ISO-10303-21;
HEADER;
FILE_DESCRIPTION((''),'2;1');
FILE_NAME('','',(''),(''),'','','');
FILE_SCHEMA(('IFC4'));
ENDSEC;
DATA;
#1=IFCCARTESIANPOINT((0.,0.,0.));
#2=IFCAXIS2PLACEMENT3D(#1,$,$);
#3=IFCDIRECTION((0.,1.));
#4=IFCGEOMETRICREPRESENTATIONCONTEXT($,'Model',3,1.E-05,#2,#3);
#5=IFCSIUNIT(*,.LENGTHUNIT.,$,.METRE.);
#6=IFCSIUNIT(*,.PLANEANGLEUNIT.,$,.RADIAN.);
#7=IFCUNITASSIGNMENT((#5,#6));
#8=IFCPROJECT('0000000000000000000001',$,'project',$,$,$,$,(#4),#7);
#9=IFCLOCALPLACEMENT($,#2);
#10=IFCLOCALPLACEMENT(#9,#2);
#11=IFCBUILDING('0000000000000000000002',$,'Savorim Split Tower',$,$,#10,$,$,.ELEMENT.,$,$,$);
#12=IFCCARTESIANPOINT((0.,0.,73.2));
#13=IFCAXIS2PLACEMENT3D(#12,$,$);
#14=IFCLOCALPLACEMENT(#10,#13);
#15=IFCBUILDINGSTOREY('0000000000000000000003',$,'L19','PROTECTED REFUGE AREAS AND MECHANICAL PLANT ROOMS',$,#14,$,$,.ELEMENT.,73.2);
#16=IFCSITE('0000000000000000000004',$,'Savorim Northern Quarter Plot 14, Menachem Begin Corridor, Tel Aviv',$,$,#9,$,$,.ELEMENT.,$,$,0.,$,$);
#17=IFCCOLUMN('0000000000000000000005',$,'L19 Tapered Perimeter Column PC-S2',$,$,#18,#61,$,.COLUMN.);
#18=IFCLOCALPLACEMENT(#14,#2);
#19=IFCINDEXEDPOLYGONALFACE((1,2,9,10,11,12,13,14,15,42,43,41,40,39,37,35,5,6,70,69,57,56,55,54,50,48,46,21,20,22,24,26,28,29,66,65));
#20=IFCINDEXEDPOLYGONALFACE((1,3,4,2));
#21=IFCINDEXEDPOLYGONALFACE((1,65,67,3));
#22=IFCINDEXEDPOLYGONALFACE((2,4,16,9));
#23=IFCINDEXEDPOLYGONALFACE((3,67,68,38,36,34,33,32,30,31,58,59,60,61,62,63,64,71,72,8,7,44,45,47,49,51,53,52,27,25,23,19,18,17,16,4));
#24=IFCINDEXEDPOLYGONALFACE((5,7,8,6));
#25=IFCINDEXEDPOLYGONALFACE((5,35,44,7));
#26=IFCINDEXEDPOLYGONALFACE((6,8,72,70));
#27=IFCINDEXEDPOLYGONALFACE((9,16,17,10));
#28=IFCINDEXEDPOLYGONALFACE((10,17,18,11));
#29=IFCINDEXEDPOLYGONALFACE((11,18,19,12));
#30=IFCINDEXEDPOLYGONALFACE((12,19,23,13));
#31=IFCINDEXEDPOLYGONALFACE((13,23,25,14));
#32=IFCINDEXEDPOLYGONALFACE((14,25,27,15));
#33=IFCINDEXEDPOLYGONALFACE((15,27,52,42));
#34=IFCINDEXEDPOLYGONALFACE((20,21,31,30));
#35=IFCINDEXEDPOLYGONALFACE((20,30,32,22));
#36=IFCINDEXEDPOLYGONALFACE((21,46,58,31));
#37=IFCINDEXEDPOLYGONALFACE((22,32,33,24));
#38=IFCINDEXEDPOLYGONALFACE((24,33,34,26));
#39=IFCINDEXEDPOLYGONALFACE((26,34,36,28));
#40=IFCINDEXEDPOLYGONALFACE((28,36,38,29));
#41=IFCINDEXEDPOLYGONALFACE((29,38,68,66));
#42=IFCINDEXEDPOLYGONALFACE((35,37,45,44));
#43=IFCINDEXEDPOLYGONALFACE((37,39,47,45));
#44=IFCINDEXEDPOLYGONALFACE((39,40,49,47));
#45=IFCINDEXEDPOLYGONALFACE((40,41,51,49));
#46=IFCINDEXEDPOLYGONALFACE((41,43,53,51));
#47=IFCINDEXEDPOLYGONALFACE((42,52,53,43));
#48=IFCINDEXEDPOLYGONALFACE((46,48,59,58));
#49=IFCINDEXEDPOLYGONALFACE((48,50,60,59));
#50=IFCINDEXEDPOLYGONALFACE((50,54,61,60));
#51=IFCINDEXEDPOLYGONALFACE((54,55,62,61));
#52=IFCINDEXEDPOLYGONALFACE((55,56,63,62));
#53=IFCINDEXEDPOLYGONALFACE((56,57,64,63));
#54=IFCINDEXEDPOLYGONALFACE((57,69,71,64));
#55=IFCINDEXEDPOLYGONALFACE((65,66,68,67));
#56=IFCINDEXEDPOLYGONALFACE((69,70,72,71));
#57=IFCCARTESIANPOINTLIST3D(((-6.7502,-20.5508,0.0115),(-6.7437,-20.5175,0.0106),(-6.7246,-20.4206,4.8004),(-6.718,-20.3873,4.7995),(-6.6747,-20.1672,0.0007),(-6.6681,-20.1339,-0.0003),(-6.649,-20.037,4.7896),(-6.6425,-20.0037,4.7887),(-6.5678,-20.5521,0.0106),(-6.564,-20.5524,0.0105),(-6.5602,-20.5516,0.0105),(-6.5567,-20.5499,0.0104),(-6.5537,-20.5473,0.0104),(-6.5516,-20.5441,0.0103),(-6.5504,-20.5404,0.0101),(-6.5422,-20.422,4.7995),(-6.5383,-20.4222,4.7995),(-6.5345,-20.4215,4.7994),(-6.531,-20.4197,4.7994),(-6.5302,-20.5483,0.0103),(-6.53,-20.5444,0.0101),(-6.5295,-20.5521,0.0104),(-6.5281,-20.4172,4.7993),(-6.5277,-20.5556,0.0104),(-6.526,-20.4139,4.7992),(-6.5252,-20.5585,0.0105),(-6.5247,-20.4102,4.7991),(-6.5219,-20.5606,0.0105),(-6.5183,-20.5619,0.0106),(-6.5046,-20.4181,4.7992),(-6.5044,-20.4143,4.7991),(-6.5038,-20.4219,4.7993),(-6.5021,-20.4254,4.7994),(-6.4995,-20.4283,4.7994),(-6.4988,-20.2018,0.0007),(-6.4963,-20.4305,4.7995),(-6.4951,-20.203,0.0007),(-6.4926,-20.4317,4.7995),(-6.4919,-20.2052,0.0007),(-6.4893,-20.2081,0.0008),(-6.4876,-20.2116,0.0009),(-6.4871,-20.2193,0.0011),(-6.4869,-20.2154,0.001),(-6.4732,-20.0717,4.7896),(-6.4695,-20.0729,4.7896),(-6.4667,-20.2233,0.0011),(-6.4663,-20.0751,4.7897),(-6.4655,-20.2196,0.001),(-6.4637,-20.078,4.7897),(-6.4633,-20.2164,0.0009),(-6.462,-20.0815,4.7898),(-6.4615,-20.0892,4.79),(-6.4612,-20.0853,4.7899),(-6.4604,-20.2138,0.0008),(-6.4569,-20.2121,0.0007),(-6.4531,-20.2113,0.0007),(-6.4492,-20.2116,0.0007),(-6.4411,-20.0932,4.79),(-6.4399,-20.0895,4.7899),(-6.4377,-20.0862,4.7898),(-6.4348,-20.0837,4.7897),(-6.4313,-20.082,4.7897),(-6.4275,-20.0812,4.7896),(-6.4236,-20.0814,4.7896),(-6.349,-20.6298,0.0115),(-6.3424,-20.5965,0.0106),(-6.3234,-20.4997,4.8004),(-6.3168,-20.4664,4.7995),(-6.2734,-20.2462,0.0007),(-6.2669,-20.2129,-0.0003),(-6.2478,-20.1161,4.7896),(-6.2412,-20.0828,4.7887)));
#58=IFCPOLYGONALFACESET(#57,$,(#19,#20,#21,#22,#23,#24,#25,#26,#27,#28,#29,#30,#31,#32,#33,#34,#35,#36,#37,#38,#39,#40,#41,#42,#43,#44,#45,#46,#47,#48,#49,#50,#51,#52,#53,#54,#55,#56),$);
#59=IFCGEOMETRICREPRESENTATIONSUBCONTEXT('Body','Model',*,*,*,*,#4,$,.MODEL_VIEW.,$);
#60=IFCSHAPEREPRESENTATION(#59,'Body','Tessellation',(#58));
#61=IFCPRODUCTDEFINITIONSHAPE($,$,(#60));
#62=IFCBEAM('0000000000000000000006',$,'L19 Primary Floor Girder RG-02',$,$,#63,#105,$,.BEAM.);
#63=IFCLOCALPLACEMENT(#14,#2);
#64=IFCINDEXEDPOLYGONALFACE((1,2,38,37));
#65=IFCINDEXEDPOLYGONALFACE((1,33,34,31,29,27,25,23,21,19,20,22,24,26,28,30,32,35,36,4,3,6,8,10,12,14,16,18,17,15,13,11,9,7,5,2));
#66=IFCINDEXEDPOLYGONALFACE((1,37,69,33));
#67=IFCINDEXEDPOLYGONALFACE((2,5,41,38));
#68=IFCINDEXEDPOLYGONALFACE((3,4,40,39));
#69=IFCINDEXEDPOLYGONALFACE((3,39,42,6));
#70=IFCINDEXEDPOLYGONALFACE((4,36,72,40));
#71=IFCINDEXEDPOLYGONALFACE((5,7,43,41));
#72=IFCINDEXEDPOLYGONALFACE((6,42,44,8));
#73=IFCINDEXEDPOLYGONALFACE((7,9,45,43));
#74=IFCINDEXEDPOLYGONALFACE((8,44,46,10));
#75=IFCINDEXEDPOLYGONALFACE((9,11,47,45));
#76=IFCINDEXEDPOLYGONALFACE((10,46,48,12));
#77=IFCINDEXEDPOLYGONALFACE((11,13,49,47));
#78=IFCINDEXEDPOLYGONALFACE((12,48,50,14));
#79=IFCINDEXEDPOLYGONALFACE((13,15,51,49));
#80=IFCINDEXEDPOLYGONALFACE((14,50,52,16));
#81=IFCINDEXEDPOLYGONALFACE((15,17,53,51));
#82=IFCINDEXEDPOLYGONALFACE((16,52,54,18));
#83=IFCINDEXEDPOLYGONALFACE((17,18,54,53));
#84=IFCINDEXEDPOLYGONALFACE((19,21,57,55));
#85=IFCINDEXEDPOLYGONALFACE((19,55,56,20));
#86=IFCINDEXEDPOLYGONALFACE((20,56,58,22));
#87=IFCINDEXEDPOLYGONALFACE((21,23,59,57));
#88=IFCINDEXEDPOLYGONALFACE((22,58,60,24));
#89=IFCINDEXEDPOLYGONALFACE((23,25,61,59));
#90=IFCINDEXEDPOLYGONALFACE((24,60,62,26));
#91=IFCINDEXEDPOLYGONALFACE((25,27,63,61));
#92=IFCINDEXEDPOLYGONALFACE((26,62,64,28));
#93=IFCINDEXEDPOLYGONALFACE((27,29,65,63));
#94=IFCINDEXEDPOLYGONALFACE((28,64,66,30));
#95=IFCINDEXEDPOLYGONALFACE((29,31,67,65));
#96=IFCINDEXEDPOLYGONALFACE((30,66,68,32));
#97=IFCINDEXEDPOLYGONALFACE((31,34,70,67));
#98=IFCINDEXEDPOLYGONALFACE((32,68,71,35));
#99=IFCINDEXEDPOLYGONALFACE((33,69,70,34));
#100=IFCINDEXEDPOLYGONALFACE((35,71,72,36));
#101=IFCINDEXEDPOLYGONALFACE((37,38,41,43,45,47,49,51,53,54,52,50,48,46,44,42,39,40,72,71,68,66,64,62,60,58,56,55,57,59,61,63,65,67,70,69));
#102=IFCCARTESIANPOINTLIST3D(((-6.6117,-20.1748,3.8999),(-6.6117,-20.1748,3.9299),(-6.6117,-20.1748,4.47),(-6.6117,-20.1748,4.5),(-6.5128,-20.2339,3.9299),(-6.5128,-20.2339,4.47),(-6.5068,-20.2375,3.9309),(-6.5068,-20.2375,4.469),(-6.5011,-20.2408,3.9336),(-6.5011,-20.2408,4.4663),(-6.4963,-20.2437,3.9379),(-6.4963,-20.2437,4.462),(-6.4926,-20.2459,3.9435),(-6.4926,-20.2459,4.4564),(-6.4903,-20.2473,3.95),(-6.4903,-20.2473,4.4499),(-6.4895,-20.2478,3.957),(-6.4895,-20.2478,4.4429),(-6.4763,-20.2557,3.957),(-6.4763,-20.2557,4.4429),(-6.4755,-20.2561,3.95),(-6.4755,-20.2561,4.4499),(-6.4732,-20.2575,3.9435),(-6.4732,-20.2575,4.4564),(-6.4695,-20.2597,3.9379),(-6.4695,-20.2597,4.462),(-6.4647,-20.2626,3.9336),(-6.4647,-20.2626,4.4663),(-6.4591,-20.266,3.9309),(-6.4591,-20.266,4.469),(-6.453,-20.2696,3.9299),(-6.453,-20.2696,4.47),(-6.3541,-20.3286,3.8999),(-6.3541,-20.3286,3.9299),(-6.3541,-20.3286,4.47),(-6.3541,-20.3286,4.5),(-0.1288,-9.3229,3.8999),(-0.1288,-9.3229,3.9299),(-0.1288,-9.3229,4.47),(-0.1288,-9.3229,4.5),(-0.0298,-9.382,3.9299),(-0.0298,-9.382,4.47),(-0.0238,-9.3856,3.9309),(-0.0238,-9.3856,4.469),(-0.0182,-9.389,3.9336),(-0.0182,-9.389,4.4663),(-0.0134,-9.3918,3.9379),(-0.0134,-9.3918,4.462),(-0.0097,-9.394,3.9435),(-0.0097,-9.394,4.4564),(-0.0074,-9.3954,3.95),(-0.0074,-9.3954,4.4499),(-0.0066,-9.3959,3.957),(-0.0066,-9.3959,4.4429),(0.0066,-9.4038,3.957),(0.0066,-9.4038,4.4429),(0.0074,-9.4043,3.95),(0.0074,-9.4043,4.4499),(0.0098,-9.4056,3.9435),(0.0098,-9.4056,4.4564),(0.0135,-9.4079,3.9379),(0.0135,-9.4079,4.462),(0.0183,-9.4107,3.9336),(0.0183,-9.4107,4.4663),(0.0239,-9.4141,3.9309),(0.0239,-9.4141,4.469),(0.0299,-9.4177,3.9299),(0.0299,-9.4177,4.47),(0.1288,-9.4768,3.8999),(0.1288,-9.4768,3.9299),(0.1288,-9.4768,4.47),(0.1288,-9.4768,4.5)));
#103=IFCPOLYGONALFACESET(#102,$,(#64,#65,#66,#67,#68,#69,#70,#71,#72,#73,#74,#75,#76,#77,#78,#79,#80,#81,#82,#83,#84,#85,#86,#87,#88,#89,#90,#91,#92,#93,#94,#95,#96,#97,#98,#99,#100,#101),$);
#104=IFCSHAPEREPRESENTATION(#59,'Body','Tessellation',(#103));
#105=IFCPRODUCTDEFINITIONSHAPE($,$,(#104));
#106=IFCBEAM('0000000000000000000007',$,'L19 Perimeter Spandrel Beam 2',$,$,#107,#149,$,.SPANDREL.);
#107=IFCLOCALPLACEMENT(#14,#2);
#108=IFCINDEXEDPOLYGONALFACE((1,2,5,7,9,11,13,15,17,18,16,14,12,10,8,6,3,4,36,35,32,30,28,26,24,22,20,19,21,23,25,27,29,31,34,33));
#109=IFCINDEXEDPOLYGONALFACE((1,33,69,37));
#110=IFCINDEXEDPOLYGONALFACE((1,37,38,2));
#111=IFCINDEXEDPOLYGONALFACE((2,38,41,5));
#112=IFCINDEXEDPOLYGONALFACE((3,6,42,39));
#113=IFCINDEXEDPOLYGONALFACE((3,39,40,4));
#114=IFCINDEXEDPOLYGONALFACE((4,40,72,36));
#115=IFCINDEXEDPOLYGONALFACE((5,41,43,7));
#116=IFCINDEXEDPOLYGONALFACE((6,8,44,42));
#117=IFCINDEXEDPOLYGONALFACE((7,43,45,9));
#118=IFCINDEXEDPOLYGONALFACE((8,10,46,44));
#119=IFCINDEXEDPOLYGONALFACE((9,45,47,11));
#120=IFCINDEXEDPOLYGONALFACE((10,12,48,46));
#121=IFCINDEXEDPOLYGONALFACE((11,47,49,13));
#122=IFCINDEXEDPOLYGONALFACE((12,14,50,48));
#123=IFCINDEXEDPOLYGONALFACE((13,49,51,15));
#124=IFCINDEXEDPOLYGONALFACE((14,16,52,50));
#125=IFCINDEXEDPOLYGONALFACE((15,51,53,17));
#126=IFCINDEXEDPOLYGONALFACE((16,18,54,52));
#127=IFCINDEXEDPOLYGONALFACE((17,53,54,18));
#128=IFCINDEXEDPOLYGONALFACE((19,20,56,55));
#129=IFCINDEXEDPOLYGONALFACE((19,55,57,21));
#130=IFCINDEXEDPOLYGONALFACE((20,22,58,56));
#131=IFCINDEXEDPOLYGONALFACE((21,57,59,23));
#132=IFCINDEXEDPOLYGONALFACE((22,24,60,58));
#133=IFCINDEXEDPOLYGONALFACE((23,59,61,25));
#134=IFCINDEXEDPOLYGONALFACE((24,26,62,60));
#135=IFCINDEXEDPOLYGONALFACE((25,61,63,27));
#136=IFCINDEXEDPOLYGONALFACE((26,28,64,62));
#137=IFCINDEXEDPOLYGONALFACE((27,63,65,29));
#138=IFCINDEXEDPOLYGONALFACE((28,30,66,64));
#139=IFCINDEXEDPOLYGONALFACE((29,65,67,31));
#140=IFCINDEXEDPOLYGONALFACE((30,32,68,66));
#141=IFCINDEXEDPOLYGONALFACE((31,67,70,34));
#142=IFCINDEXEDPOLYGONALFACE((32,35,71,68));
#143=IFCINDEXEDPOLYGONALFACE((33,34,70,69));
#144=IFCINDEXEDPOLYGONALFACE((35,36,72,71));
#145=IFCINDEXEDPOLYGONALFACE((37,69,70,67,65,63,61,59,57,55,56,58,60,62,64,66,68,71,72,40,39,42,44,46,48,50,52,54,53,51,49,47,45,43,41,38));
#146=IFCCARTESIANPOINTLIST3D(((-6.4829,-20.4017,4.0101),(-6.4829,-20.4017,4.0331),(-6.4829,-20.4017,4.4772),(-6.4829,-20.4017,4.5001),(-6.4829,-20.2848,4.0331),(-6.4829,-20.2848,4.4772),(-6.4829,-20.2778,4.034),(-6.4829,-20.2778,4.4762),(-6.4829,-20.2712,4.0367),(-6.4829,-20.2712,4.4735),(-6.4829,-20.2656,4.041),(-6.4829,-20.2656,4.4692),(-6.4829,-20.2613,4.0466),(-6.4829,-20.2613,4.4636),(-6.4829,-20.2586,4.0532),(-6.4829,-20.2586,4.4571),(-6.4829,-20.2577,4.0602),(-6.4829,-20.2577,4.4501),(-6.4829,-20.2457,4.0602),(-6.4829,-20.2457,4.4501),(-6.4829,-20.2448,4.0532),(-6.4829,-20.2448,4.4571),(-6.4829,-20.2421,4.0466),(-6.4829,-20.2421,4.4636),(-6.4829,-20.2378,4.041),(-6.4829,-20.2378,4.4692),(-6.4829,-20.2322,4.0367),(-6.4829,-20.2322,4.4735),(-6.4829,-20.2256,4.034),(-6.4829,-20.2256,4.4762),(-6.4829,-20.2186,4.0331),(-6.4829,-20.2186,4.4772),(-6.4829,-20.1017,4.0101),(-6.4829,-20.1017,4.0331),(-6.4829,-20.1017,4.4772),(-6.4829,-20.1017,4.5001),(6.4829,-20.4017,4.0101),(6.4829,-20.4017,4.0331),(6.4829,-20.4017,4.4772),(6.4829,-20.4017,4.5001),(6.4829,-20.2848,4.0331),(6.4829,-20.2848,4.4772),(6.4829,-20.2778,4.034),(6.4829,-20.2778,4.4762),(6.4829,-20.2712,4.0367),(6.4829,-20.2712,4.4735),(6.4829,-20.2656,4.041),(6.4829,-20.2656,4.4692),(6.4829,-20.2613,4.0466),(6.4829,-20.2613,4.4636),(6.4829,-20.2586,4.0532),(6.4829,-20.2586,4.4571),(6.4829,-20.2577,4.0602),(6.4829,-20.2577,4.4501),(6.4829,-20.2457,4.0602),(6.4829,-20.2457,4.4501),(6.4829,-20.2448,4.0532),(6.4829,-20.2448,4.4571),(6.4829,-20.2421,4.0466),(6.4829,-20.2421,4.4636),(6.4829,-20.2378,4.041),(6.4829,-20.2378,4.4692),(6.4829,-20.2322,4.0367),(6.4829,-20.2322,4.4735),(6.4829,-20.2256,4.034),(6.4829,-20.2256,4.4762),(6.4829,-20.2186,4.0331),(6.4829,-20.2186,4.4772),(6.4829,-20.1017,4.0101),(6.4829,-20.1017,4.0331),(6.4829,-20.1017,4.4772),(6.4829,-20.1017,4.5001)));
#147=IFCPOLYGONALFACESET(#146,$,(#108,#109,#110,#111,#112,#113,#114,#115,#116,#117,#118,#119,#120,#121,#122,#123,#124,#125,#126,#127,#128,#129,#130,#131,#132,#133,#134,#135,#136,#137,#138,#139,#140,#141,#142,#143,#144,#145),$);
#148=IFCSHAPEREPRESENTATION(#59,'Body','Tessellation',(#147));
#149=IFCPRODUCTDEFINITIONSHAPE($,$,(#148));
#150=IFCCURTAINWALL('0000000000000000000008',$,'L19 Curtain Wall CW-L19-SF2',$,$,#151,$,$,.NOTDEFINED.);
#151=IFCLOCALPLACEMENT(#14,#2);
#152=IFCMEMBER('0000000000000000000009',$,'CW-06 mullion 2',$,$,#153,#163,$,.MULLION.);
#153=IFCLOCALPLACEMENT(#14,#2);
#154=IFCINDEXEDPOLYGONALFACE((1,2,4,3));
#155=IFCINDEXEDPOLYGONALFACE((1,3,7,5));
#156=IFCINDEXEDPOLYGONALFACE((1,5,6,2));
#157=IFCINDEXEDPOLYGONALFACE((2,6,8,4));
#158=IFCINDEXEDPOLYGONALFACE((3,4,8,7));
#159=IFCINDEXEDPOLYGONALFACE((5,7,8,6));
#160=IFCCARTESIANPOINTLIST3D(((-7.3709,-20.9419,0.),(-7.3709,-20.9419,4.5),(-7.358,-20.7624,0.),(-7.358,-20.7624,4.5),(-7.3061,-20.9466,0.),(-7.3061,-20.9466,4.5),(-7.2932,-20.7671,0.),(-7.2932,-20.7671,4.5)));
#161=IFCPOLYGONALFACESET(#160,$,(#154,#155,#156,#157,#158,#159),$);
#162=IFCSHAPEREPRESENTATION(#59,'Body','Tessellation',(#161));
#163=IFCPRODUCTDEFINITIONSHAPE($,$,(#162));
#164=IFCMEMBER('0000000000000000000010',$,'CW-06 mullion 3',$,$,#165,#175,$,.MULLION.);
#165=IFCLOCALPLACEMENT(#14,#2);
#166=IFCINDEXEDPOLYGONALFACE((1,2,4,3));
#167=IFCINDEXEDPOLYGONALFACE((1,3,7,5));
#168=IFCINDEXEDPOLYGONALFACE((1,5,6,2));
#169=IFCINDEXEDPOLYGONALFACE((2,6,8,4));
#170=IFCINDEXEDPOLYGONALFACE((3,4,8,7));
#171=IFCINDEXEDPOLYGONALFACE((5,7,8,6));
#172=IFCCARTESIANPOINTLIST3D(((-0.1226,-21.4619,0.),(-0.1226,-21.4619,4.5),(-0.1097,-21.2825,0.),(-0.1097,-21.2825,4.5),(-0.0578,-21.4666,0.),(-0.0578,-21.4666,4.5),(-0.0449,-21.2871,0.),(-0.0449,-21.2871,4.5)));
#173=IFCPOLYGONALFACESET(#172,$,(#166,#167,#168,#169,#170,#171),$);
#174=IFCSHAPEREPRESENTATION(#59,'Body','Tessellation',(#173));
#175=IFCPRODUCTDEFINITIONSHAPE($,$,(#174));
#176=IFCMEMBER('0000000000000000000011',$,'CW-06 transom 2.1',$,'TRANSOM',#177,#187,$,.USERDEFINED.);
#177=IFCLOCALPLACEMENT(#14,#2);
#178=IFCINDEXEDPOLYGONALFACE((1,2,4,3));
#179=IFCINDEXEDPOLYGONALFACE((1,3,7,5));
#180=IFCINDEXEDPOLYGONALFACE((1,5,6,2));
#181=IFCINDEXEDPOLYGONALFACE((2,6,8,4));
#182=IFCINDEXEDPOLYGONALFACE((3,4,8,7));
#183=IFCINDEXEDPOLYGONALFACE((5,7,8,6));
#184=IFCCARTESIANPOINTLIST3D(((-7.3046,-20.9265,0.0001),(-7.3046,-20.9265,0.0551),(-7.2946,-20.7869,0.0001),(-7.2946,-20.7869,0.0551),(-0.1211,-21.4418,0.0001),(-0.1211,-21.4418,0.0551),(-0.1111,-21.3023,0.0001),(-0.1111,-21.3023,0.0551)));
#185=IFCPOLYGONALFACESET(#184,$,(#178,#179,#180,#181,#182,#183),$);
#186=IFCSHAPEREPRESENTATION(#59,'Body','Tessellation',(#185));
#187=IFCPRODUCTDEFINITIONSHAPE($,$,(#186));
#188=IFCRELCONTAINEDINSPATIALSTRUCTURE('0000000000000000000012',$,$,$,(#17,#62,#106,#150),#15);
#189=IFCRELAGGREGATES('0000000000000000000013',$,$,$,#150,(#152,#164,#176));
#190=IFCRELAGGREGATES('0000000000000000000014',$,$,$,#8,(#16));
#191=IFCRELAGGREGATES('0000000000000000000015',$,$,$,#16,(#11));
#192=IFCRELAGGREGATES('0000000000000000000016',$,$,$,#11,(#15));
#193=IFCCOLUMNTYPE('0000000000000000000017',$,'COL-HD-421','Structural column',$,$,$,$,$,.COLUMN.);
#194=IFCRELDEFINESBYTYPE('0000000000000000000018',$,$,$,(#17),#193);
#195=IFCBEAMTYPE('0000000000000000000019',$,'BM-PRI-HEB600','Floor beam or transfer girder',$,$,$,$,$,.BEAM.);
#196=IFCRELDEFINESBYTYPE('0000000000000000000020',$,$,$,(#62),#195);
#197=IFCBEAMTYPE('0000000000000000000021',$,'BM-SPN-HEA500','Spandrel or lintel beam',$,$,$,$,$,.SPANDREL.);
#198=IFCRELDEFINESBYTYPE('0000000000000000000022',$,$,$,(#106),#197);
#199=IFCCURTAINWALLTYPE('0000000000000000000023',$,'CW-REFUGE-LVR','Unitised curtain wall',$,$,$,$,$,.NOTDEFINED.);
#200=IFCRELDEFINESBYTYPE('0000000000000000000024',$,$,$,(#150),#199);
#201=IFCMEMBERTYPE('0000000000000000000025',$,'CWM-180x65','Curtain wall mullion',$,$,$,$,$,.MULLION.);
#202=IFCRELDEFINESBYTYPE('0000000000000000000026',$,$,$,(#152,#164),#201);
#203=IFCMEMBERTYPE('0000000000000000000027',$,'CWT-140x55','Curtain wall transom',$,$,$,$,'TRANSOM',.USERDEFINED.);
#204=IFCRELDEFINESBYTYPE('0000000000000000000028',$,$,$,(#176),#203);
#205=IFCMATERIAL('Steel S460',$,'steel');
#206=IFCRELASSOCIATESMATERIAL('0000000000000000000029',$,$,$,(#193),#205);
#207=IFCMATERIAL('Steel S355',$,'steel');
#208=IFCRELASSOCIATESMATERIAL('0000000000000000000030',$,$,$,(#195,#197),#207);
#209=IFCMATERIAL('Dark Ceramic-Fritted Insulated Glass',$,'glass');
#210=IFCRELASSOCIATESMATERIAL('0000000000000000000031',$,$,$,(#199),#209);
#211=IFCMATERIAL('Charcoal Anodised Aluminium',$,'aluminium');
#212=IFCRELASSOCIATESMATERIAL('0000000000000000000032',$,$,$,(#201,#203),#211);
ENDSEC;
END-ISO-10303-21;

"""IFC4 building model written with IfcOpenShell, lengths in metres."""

from ifc_helpers import new_model, si_unit, direction, frame, origin, origin_2d, place, context, subcontext, project, spatial, rectangle, i_section, extrude, material, material_profile, profile_set, type_object, element, aggregate, save


model = new_model("IFC4")

# Units and contexts
model_context = context("Model", 3, precision=1e-05, world=origin(), true_north=direction((0.0, 1.0)))
body_context = subcontext(model_context, "Body", "Model", "MODEL_VIEW")
ifc_project = project(units=[si_unit("LENGTHUNIT", "METRE"), si_unit("PLANEANGLEUNIT", "RADIAN")], contexts=[model_context])

# Site, building, storey
site_placement = place(None, origin())
site = spatial("IfcSite", under=ifc_project, at=site_placement, Name="Savorim Northern Quarter Plot 14, Menachem Begin Corridor, Tel Aviv", CompositionType="ELEMENT", RefElevation=0.0)
building_placement = place(site_placement, origin())
building = spatial("IfcBuilding", under=site, at=building_placement, Name="Savorim Split Tower", CompositionType="ELEMENT")
storey_placement = place(building_placement, frame((0.0, 0.0, 73.2)))
storey = spatial("IfcBuildingStorey", under=building, at=storey_placement, Name="L19", Description="PROTECTED REFUGE AREAS AND MECHANICAL PLANT ROOMS", CompositionType="ELEMENT", Elevation=73.2)

# Column
ifc_material_1 = material(Name="Steel S460", Category="steel")
ifc_material_profile_1 = material_profile(ifc_material_1, i_section(OverallWidth=0.4089, OverallDepth=0.425, WebThickness=0.0208, FlangeThickness=0.0339, FilletRadius=0.0149, at=origin_2d()), Name="HD 400x421")
ifc_profile_set_1 = profile_set([ifc_material_profile_1], Name="Steel S460")
column_type = type_object("IfcColumnType", Name="COL-HD-421", Description="Structural column", PredefinedType="COLUMN", material=ifc_profile_set_1)
column_placement = place(storey_placement, frame((-6.5085, -20.3818, 0.0056), z_axis=(0.005351, 0.027163, 0.999617), x_axis=(-0.981143, 0.193283, 0.0)))
element("IfcColumn", 1, at=column_placement, inside=storey, type_object=column_type, Name="L19 Tapered Perimeter Column PC-S2", PredefinedType="COLUMN", context=body_context, shape_type="SweptSolid", body=[
    extrude(i_section(OverallWidth=0.4089, OverallDepth=0.425, WebThickness=0.0208, FlangeThickness=0.0339, FilletRadius=0.0149, at=origin_2d()), origin(), (0.0, 0.0, 1.0), 4.7908),
])

# Beams
ifc_material_2 = material(Name="Steel S355", Category="steel")
ifc_material_profile_2 = material_profile(ifc_material_2, i_section(OverallWidth=0.3, OverallDepth=0.6001, WebThickness=0.0154, FlangeThickness=0.03, FilletRadius=0.0271, at=origin_2d()), Name="HEB 600")
ifc_profile_set_2 = profile_set([ifc_material_profile_2], Name="Steel S355")
beam_type_1 = type_object("IfcBeamType", Name="BM-PRI-HEB600", Description="Floor beam or transfer girder", PredefinedType="BEAM", material=ifc_profile_set_2)
beam_1_placement = place(storey_placement, frame((-6.4829, -20.2517, 4.2), z_axis=(0.512856, 0.858475, 0.0), x_axis=(-0.858475, 0.512856, 0.0)))
element("IfcBeam", 2, at=beam_1_placement, inside=storey, type_object=beam_type_1, Name="L19 Primary Floor Girder RG-02", PredefinedType="BEAM", context=body_context, shape_type="SweptSolid", body=[
    extrude(i_section(OverallWidth=0.3, OverallDepth=0.6001, WebThickness=0.0154, FlangeThickness=0.03, FilletRadius=0.0271, at=origin_2d()), origin(), (0.0, 0.0, 1.0), 12.6409),
])
ifc_material_profile_3 = material_profile(ifc_material_2, i_section(OverallWidth=0.3, OverallDepth=0.49, WebThickness=0.012, FlangeThickness=0.0229, FilletRadius=0.0271, at=origin_2d()), Name="HEA 500")
ifc_profile_set_3 = profile_set([ifc_material_profile_3], Name="Steel S355")
beam_type_2 = type_object("IfcBeamType", Name="BM-SPN-HEA500", Description="Spandrel or lintel beam", PredefinedType="SPANDREL", material=ifc_profile_set_3)
beam_2_placement = place(storey_placement, frame((-6.4829, -20.2517, 4.2551), z_axis=(1.0, 0.0, 0.0), x_axis=(0.0, 1.0, 0.0)))
element("IfcBeam", 3, at=beam_2_placement, inside=storey, type_object=beam_type_2, Name="L19 Perimeter Spandrel Beam 2", PredefinedType="SPANDREL", context=body_context, shape_type="SweptSolid", body=[
    extrude(i_section(OverallWidth=0.3, OverallDepth=0.49, WebThickness=0.012, FlangeThickness=0.0229, FilletRadius=0.0271, at=origin_2d()), origin(), (0.0, 0.0, 1.0), 12.9658),
])

# Curtain wall, members
ifc_material_3 = material(Name="Dark Ceramic-Fritted Insulated Glass", Category="glass")
curtain_wall_type = type_object("IfcCurtainWallType", Name="CW-REFUGE-LVR", Description="Unitised curtain wall", PredefinedType="NOTDEFINED", material=ifc_material_3)
curtain_wall_placement = place(storey_placement, origin())
curtain_wall = element("IfcCurtainWall", 4, at=curtain_wall_placement, inside=storey, type_object=curtain_wall_type, Name="L19 Curtain Wall CW-L19-SF2", PredefinedType="NOTDEFINED")
ifc_material_4 = material(Name="Charcoal Anodised Aluminium", Category="aluminium")
ifc_material_profile_4 = material_profile(ifc_material_4, rectangle(XDim=0.1799, YDim=0.0649, at=origin_2d()), Name="ALU-M 180x65")
ifc_profile_set_4 = profile_set([ifc_material_profile_4], Name="Charcoal Anodised Aluminium")
member_type_1 = type_object("IfcMemberType", Name="CWM-180x65", Description="Curtain wall mullion", PredefinedType="MULLION", material=ifc_profile_set_4)
member_1_placement = place(storey_placement, frame((-7.332, -20.8545, 0.0), z_axis=(0.0, 0.0, 1.0), x_axis=(0.071561, 0.997436, 0.0)))
member_1 = element("IfcMember", 5, at=member_1_placement, type_object=member_type_1, Name="CW-06 mullion 2", PredefinedType="MULLION", context=body_context, shape_type="SweptSolid", body=[
    extrude(rectangle(XDim=0.1799, YDim=0.0649, at=origin_2d()), origin(), (0.0, 0.0, 1.0), 4.5),
])
member_2_placement = place(storey_placement, frame((-0.0837, -21.3745, 0.0), z_axis=(0.0, 0.0, 1.0), x_axis=(0.071561, 0.997436, 0.0)))
member_2 = element("IfcMember", 6, at=member_2_placement, type_object=member_type_1, Name="CW-06 mullion 3", PredefinedType="MULLION", context=body_context, shape_type="SweptSolid", body=[
    extrude(rectangle(XDim=0.1799, YDim=0.0649, at=origin_2d()), origin(), (0.0, 0.0, 1.0), 4.5),
])
ifc_material_profile_5 = material_profile(ifc_material_4, rectangle(XDim=0.1399, YDim=0.0549, at=origin_2d()), Name="ALU-T 140x55")
ifc_profile_set_5 = profile_set([ifc_material_profile_5], Name="Charcoal Anodised Aluminium")
member_type_2 = type_object("IfcMemberType", Name="CWT-140x55", Description="Curtain wall transom", ElementType="TRANSOM", PredefinedType="USERDEFINED", material=ifc_profile_set_5)
member_3_placement = place(storey_placement, frame((-7.2996, -20.8567, 0.0276), z_axis=(0.997436, -0.071563, 0.0), x_axis=(0.071563, 0.997436, 0.0)))
member_3 = element("IfcMember", 7, at=member_3_placement, type_object=member_type_2, Name="CW-06 transom 2.1", ObjectType="TRANSOM", PredefinedType="USERDEFINED", context=body_context, shape_type="SweptSolid", body=[
    extrude(rectangle(XDim=0.1399, YDim=0.0549, at=origin_2d()), origin(), (0.0, 0.0, 1.0), 7.2019),
])

aggregate(curtain_wall, [member_1, member_2, member_3])

save(model, "model.ifc")
